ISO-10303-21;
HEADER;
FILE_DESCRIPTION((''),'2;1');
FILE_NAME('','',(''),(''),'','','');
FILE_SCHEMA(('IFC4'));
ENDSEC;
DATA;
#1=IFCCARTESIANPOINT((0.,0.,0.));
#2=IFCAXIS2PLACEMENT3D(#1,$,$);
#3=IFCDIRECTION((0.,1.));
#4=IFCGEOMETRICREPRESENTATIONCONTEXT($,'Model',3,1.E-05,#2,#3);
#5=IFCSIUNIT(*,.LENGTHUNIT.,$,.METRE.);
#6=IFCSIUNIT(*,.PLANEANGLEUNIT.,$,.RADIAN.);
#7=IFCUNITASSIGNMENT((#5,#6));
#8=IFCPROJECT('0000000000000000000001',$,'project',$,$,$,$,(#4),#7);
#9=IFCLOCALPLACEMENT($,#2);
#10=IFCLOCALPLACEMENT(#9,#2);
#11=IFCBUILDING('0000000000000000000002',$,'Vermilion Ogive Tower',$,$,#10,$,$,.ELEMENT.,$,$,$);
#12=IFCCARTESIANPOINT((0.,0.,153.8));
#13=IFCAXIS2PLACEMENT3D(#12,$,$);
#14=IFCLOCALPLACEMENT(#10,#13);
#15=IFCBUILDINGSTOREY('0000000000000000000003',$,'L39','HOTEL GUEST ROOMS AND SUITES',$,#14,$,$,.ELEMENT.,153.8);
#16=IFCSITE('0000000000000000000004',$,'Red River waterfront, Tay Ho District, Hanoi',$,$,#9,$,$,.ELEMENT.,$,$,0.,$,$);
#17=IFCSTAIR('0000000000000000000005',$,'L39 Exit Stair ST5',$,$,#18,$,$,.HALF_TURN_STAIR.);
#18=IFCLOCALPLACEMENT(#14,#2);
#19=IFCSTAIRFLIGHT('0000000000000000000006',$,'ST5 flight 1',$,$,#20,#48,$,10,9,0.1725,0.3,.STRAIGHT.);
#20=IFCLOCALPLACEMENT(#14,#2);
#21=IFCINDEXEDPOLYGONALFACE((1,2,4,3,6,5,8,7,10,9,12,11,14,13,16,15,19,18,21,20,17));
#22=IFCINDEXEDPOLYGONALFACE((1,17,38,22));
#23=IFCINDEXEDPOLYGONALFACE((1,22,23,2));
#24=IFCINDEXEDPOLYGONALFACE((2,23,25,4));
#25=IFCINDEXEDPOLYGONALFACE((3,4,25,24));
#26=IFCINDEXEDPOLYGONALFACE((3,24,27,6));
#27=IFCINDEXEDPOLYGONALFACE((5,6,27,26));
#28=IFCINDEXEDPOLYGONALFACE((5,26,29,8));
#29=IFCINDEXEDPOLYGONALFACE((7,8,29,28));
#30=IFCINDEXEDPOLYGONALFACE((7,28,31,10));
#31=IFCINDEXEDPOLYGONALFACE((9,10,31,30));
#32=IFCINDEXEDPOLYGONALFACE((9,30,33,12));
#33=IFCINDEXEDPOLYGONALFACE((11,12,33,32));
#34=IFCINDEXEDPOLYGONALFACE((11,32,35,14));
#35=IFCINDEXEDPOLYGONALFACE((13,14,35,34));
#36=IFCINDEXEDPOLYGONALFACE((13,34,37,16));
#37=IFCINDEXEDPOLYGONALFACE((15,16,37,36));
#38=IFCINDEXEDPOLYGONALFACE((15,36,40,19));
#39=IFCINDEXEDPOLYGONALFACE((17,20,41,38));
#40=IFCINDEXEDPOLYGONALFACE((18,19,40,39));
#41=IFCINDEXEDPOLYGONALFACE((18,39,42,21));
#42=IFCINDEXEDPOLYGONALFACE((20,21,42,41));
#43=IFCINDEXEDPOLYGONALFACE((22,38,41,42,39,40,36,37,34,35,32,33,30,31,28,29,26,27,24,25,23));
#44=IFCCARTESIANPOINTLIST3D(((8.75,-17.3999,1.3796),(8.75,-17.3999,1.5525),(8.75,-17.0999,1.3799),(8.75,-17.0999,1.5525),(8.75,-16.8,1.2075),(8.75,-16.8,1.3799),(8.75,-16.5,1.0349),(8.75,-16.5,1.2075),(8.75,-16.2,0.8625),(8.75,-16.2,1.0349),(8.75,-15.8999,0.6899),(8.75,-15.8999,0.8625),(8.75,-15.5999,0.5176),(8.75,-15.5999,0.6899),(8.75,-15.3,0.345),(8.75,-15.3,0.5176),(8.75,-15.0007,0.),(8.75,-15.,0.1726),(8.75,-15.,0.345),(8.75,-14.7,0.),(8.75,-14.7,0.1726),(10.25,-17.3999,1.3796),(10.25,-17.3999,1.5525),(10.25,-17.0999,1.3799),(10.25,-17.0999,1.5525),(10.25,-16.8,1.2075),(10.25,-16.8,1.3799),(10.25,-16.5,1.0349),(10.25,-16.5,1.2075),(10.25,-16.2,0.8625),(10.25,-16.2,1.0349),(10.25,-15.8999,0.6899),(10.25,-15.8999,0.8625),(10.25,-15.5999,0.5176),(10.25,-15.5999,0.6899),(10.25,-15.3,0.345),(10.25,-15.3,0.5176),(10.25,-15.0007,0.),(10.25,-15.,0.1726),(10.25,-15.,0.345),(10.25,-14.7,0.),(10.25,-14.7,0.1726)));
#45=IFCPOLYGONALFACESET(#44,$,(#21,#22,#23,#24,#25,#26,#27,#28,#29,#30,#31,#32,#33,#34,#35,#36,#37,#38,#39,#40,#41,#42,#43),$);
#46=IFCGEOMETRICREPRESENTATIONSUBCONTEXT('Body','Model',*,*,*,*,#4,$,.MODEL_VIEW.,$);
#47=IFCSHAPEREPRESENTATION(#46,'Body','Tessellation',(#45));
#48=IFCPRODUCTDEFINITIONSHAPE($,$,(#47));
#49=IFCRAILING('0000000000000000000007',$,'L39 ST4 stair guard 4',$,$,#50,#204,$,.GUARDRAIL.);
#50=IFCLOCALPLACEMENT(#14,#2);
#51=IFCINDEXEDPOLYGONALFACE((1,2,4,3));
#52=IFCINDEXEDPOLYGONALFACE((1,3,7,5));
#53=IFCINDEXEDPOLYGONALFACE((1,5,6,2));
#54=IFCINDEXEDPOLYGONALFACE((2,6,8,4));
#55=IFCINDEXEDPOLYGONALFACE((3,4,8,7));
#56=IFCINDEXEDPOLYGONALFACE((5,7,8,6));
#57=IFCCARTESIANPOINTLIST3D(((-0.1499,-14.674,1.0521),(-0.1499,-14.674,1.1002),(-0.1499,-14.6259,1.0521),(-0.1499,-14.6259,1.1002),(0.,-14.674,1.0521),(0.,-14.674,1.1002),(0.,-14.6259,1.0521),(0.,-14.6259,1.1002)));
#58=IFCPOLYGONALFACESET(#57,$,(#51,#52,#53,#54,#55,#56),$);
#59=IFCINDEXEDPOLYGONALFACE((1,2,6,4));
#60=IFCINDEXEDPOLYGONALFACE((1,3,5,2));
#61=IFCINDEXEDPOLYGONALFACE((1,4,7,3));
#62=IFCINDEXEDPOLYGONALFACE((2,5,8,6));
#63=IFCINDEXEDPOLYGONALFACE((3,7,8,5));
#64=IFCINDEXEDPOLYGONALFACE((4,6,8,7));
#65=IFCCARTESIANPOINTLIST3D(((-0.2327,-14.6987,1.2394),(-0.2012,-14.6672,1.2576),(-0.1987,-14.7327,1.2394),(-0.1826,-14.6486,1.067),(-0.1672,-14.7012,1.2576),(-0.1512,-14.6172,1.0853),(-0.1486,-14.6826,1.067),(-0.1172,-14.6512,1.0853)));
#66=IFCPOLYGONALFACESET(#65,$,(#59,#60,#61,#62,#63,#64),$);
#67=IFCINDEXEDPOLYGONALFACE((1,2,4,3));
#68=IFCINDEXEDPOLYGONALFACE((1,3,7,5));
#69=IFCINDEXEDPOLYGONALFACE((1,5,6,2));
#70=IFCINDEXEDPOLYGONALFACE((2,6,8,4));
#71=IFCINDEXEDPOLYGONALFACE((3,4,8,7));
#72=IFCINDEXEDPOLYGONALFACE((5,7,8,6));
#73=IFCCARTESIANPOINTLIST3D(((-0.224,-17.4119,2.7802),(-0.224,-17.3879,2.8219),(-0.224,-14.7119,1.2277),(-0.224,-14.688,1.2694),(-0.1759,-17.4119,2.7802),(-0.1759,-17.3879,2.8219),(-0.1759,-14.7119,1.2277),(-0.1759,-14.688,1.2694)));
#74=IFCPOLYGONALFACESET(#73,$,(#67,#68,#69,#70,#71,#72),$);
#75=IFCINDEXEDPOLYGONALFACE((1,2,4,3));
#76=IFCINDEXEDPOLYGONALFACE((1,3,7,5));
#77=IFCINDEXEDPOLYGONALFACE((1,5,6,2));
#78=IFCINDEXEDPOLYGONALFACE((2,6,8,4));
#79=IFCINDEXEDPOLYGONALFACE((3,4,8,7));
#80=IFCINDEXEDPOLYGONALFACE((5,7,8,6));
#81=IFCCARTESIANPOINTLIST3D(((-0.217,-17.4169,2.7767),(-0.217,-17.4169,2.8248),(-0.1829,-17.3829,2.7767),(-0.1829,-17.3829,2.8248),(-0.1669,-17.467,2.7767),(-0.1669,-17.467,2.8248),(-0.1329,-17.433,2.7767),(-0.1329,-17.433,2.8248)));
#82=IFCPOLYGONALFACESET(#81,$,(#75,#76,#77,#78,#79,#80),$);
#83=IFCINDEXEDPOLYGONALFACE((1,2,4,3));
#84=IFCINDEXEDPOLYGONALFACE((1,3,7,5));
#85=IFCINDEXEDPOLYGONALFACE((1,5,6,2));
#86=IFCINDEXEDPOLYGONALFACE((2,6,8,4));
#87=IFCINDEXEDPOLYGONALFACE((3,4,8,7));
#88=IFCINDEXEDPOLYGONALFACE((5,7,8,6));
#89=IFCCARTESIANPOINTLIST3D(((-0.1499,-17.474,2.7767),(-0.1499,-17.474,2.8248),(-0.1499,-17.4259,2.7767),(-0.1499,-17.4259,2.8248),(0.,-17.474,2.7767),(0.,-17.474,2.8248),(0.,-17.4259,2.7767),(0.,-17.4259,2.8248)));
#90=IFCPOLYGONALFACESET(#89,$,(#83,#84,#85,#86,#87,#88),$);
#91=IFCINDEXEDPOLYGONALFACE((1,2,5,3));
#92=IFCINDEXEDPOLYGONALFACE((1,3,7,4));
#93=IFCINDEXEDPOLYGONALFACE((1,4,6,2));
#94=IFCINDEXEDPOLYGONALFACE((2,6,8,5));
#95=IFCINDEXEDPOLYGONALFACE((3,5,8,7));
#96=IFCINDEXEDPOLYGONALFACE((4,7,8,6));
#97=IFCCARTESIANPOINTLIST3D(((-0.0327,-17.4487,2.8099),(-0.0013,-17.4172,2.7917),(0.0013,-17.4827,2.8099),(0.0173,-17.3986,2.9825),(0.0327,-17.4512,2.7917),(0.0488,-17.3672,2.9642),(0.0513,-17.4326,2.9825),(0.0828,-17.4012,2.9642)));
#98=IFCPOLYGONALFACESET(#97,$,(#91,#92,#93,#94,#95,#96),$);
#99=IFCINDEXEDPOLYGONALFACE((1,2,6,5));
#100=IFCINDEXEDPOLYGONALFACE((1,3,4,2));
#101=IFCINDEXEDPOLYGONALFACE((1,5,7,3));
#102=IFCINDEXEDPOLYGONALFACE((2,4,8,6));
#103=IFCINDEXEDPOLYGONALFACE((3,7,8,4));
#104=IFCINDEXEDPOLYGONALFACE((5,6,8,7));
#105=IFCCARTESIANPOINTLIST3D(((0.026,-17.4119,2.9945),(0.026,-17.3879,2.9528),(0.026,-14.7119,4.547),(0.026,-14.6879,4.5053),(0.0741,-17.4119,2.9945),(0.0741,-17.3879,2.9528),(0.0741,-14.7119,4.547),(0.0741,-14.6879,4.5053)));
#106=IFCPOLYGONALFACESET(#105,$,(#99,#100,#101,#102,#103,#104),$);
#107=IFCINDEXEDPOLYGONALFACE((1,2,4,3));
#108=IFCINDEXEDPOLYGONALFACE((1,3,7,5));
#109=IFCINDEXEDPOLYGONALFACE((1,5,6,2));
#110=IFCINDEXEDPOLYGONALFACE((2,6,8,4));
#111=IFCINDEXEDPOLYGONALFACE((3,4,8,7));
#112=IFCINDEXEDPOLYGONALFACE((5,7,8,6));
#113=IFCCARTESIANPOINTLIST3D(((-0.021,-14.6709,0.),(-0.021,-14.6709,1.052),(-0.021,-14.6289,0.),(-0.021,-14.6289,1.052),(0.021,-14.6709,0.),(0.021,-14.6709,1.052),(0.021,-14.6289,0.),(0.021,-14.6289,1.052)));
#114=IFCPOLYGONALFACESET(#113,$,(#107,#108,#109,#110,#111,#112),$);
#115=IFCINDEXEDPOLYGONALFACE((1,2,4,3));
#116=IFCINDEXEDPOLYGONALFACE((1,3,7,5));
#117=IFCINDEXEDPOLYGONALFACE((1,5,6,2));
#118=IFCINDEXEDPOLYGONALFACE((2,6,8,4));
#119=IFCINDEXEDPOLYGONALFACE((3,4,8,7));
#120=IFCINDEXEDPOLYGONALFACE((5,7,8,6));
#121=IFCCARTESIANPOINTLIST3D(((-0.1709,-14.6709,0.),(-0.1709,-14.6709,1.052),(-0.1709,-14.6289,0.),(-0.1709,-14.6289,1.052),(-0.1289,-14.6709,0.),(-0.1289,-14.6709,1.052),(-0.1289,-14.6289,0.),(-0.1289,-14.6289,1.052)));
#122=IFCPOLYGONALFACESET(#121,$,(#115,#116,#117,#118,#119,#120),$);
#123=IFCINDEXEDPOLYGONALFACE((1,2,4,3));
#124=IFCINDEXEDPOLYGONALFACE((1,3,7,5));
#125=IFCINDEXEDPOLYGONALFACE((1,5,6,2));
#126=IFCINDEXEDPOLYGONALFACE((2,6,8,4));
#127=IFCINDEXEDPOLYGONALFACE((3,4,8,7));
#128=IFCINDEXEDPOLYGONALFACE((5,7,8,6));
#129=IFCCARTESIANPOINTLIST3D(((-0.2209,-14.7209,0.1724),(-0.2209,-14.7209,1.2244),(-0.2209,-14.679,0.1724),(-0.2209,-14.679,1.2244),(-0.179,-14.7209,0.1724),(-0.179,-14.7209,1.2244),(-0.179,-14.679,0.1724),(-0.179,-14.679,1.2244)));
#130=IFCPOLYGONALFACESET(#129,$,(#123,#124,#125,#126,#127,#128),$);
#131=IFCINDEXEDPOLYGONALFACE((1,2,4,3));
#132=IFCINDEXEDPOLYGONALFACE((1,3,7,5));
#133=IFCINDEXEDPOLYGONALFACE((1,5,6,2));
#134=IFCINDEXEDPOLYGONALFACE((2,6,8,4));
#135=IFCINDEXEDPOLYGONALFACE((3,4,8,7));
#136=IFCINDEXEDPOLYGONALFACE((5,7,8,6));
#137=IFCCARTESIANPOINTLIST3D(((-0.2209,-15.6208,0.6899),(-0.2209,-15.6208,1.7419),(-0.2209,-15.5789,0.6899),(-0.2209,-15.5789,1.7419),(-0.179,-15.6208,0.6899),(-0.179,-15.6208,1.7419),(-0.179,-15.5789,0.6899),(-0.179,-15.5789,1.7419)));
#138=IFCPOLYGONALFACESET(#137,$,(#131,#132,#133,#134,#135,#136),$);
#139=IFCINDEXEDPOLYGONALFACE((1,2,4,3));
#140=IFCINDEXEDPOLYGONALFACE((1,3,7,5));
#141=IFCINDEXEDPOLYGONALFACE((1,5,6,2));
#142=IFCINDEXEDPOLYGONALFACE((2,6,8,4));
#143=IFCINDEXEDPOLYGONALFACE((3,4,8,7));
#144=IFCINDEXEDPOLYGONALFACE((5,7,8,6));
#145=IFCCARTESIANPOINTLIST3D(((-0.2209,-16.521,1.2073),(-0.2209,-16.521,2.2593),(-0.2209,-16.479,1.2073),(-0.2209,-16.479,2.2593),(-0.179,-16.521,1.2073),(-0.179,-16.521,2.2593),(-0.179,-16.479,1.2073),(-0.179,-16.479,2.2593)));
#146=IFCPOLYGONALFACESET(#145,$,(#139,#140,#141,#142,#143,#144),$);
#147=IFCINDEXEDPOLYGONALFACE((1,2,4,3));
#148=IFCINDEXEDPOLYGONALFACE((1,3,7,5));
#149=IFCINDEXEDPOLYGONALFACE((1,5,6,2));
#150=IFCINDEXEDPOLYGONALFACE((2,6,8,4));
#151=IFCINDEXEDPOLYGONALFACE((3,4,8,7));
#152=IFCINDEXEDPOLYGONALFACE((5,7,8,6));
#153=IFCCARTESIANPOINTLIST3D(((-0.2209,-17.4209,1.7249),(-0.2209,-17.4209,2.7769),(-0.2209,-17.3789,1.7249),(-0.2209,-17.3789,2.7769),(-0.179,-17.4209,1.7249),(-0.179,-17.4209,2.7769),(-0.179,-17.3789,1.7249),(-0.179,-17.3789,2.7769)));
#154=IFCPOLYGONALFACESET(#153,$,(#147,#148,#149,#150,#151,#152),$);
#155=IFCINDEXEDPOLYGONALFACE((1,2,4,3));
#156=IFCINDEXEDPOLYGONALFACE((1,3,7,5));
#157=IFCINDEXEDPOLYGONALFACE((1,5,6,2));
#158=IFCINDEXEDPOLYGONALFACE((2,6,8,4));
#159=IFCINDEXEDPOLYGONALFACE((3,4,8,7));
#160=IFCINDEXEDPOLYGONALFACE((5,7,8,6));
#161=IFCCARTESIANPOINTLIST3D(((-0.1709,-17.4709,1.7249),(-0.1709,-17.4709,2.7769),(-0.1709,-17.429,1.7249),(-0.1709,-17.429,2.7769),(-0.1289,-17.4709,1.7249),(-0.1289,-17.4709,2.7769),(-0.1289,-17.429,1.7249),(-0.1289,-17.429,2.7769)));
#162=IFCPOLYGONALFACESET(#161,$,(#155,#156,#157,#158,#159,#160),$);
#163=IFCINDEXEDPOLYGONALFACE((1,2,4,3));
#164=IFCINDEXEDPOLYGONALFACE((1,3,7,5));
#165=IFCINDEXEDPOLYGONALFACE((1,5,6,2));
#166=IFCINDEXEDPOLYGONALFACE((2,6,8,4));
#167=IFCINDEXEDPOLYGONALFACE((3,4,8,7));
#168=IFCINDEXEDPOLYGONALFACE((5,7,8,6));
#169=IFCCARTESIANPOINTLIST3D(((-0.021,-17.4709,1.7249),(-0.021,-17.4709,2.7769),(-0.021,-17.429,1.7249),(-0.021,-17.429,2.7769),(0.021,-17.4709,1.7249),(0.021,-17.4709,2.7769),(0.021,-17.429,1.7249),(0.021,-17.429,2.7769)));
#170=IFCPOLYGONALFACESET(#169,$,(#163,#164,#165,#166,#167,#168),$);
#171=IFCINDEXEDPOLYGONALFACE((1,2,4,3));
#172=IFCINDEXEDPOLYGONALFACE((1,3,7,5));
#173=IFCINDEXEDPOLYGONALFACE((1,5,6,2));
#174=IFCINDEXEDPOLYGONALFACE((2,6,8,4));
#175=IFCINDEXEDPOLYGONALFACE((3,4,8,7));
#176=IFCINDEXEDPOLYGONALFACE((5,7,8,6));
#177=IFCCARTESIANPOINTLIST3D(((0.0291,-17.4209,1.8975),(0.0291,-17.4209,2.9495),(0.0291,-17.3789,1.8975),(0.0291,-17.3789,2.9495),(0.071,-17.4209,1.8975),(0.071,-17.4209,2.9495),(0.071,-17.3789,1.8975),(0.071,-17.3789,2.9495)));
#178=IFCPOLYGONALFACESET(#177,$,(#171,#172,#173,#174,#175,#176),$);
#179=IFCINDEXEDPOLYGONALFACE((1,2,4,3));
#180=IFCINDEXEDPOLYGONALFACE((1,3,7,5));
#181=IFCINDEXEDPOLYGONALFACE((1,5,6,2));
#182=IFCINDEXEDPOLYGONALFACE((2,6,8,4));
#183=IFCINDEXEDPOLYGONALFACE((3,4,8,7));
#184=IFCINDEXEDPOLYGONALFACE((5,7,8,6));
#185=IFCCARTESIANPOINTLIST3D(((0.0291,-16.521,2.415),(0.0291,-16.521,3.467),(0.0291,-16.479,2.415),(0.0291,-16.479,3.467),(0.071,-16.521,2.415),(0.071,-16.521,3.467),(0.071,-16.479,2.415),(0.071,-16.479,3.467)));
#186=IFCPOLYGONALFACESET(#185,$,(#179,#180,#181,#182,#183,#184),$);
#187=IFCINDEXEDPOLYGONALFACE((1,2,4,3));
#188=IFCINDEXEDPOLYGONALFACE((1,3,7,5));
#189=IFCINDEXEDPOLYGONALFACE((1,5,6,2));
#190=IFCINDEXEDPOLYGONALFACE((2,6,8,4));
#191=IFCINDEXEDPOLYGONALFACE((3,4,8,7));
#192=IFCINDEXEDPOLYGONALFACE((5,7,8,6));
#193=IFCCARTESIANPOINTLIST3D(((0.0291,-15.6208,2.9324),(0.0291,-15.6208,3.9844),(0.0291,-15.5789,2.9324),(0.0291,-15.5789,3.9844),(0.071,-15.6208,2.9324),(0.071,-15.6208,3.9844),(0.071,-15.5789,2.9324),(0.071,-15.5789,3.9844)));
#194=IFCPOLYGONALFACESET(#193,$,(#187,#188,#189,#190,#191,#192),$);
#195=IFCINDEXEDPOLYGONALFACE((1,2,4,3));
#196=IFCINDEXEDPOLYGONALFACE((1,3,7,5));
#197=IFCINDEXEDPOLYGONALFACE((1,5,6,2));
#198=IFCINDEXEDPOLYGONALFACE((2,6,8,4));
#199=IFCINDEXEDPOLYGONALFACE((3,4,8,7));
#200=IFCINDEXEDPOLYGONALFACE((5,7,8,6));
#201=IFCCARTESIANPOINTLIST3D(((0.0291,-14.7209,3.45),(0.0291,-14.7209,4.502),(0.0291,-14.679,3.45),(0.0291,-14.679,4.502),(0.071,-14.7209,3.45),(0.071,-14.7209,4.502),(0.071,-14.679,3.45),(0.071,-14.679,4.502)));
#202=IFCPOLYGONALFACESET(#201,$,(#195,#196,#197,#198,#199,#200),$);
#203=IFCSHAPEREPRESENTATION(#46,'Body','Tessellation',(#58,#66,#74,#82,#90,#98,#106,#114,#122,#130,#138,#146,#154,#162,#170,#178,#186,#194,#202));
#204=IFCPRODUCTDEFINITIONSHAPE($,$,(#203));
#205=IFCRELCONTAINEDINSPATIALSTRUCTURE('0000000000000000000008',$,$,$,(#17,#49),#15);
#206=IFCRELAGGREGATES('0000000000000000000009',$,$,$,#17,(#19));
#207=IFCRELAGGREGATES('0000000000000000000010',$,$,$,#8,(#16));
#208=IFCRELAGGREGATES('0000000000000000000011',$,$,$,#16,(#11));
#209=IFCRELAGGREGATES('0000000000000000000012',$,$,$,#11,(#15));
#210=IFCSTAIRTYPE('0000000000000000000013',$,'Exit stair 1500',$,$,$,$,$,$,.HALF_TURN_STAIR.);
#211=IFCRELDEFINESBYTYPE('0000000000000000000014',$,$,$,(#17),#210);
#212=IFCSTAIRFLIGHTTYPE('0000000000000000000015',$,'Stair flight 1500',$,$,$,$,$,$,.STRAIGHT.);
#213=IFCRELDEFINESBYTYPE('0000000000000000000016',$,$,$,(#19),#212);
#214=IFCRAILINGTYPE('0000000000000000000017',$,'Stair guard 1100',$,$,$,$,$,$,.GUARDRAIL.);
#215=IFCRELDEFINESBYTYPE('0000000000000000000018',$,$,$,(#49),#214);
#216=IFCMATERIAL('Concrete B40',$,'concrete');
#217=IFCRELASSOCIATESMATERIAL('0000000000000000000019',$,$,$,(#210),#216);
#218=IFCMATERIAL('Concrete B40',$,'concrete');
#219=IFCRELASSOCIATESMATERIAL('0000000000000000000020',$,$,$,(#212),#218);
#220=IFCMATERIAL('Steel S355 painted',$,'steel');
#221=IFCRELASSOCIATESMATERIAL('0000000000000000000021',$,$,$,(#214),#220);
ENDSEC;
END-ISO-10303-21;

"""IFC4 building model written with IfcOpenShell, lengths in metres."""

from ifc_helpers import new_model, si_unit, direction, frame, origin, origin_2d, place, context, subcontext, project, spatial, polyline, rectangle, outline, extrude, material, type_object, element, aggregate, save


model = new_model("IFC4")

# Units and contexts
model_context = context("Model", 3, precision=1e-05, world=origin(), true_north=direction((0.0, 1.0)))
body_context = subcontext(model_context, "Body", "Model", "MODEL_VIEW")
ifc_project = project(units=[si_unit("LENGTHUNIT", "METRE"), si_unit("PLANEANGLEUNIT", "RADIAN")], contexts=[model_context])

# Site, building, storey
site_placement = place(None, origin())
site = spatial("IfcSite", under=ifc_project, at=site_placement, Name="Red River waterfront, Tay Ho District, Hanoi", CompositionType="ELEMENT", RefElevation=0.0)
building_placement = place(site_placement, origin())
building = spatial("IfcBuilding", under=site, at=building_placement, Name="Vermilion Ogive Tower", CompositionType="ELEMENT")
storey_placement = place(building_placement, frame((0.0, 0.0, 153.8)))
storey = spatial("IfcBuildingStorey", under=building, at=storey_placement, Name="L39", Description="HOTEL GUEST ROOMS AND SUITES", CompositionType="ELEMENT", Elevation=153.8)

# Stair, stair flight
ifc_material_1 = material(Name="Concrete B40", Category="concrete")
stair_type = type_object("IfcStairType", Name="Exit stair 1500", PredefinedType="HALF_TURN_STAIR", material=ifc_material_1)
stair_placement = place(storey_placement, origin())
stair = element("IfcStair", 1, at=stair_placement, inside=storey, type_object=stair_type, Name="L39 Exit Stair ST5", PredefinedType="HALF_TURN_STAIR")
ifc_material_2 = material(Name="Concrete B40", Category="concrete")
stair_flight_type = type_object("IfcStairFlightType", Name="Stair flight 1500", PredefinedType="STRAIGHT", material=ifc_material_2)
stair_flight_placement = place(storey_placement, frame((9.5, -14.7, 0.0), z_axis=(0.0, 0.0, 1.0), x_axis=(0.0, -1.0, 0.0)))
stair_flight = element("IfcStairFlight", 2, at=stair_flight_placement, type_object=stair_flight_type, Name="ST5 flight 1", NumberOfRisers=10, NumberOfTreads=9, PredefinedType="STRAIGHT", RiserHeight=0.1725, TreadLength=0.3, context=body_context, shape_type="SweptSolid", body=[
    extrude(outline(polyline([(0.0, 0.0), (0.0, 0.1726), (0.3, 0.1726), (0.3, 0.345), (0.6001, 0.345), (0.6001, 0.5176), (0.8999, 0.5176), (0.8999, 0.6899), (1.2, 0.6899), (1.2, 0.8625), (1.5, 0.8625), (1.5, 1.0349), (1.8, 1.0349), (1.8, 1.2075), (2.1001, 1.2075), (2.1001, 1.3799), (2.3999, 1.3799), (2.3999, 1.5525), (2.7, 1.5525), (2.7, 1.7251), (2.7, 1.3796), (0.3008, 0.0), (0.0, 0.0)])), frame((0.0, 0.75, 0.0), z_axis=(0.0, -1.0, 0.0), x_axis=(1.0, 0.0, 0.0)), (0.0, 0.0, 1.0), 1.5),
])
aggregate(stair, [stair_flight])

# Railing
ifc_material_3 = material(Name="Steel S355 painted", Category="steel")
railing_type_1 = type_object("IfcRailingType", Name="Stair guard 1100", PredefinedType="GUARDRAIL", material=ifc_material_3)
railing_1_placement = place(storey_placement, frame((0.0, -14.6499, 0.0)))
element("IfcRailing", 3, at=railing_1_placement, inside=storey, type_object=railing_type_1, Name="L39 ST4 stair guard 4", PredefinedType="GUARDRAIL", context=body_context, shape_type="SweptSolid", body=[
    extrude(rectangle(XDim=0.0481, YDim=0.0481, at=origin_2d()), frame((0.0, 0.0, 1.0762), z_axis=(-1.0, 0.0, 0.0), x_axis=(0.0, -1.0, 0.0)), (0.0, 0.0, 1.0), 0.1499),
    extrude(rectangle(XDim=0.0481, YDim=0.0481, at=origin_2d()), frame((-0.1499, 0.0, 1.0762), z_axis=(-0.268603, -0.268603, 0.925043), x_axis=(0.707107, -0.707107, 0.0)), (0.0, 0.0, 1.0), 0.1863),
    extrude(rectangle(XDim=0.0481, YDim=0.0481, at=origin_2d()), frame((-0.2, -0.05, 1.2485), z_axis=(0.0, -0.866904, 0.498476), x_axis=(1.0, 0.0, 0.0)), (0.0, 0.0, 1.0), 3.1145),
    extrude(rectangle(XDim=0.0481, YDim=0.0481, at=origin_2d()), frame((-0.2, -2.75, 2.8008), z_axis=(0.707107, -0.707107, 0.0), x_axis=(0.707107, 0.707107, 0.0)), (0.0, 0.0, 1.0), 0.0708),
    extrude(rectangle(XDim=0.0481, YDim=0.0481, at=origin_2d()), frame((-0.1499, -2.8, 2.8008), z_axis=(1.0, 0.0, 0.0), x_axis=(0.0, 1.0, 0.0)), (0.0, 0.0, 1.0), 0.1499),
    extrude(rectangle(XDim=0.0481, YDim=0.0481, at=origin_2d()), frame((0.0, -2.8, 2.8008), z_axis=(0.268278, 0.268278, 0.925232), x_axis=(-0.707107, 0.707107, 0.0)), (0.0, 0.0, 1.0), 0.1865),
    extrude(rectangle(XDim=0.0481, YDim=0.0481, at=origin_2d()), frame((0.05, -2.75, 2.9736), z_axis=(0.0, 0.866904, 0.498476), x_axis=(-1.0, 0.0, 0.0)), (0.0, 0.0, 1.0), 3.1145),
    extrude(rectangle(XDim=0.042, YDim=0.042, at=origin_2d()), origin(), (0.0, 0.0, 1.0), 1.052),
    extrude(rectangle(XDim=0.042, YDim=0.042, at=origin_2d()), frame((-0.1499, 0.0, 0.0)), (0.0, 0.0, 1.0), 1.052),
    extrude(rectangle(XDim=0.042, YDim=0.042, at=origin_2d()), frame((-0.2, -0.05, 0.1724)), (0.0, 0.0, 1.0), 1.052),
    extrude(rectangle(XDim=0.042, YDim=0.042, at=origin_2d()), frame((-0.2, -0.95, 0.6899)), (0.0, 0.0, 1.0), 1.052),
    extrude(rectangle(XDim=0.042, YDim=0.042, at=origin_2d()), frame((-0.2, -1.8501, 1.2073)), (0.0, 0.0, 1.0), 1.052),
    extrude(rectangle(XDim=0.042, YDim=0.042, at=origin_2d()), frame((-0.2, -2.75, 1.7249)), (0.0, 0.0, 1.0), 1.052),
    extrude(rectangle(XDim=0.042, YDim=0.042, at=origin_2d()), frame((-0.1499, -2.8, 1.7249)), (0.0, 0.0, 1.0), 1.052),
    extrude(rectangle(XDim=0.042, YDim=0.042, at=origin_2d()), frame((0.0, -2.8, 1.7249)), (0.0, 0.0, 1.0), 1.052),
    extrude(rectangle(XDim=0.042, YDim=0.042, at=origin_2d()), frame((0.05, -2.75, 1.8975)), (0.0, 0.0, 1.0), 1.052),
    extrude(rectangle(XDim=0.042, YDim=0.042, at=origin_2d()), frame((0.05, -1.8501, 2.415)), (0.0, 0.0, 1.0), 1.052),
    extrude(rectangle(XDim=0.042, YDim=0.042, at=origin_2d()), frame((0.05, -0.95, 2.9324)), (0.0, 0.0, 1.0), 1.052),
    extrude(rectangle(XDim=0.042, YDim=0.042, at=origin_2d()), frame((0.05, -0.05, 3.45)), (0.0, 0.0, 1.0), 1.052),
])

save(model, "model.ifc")
